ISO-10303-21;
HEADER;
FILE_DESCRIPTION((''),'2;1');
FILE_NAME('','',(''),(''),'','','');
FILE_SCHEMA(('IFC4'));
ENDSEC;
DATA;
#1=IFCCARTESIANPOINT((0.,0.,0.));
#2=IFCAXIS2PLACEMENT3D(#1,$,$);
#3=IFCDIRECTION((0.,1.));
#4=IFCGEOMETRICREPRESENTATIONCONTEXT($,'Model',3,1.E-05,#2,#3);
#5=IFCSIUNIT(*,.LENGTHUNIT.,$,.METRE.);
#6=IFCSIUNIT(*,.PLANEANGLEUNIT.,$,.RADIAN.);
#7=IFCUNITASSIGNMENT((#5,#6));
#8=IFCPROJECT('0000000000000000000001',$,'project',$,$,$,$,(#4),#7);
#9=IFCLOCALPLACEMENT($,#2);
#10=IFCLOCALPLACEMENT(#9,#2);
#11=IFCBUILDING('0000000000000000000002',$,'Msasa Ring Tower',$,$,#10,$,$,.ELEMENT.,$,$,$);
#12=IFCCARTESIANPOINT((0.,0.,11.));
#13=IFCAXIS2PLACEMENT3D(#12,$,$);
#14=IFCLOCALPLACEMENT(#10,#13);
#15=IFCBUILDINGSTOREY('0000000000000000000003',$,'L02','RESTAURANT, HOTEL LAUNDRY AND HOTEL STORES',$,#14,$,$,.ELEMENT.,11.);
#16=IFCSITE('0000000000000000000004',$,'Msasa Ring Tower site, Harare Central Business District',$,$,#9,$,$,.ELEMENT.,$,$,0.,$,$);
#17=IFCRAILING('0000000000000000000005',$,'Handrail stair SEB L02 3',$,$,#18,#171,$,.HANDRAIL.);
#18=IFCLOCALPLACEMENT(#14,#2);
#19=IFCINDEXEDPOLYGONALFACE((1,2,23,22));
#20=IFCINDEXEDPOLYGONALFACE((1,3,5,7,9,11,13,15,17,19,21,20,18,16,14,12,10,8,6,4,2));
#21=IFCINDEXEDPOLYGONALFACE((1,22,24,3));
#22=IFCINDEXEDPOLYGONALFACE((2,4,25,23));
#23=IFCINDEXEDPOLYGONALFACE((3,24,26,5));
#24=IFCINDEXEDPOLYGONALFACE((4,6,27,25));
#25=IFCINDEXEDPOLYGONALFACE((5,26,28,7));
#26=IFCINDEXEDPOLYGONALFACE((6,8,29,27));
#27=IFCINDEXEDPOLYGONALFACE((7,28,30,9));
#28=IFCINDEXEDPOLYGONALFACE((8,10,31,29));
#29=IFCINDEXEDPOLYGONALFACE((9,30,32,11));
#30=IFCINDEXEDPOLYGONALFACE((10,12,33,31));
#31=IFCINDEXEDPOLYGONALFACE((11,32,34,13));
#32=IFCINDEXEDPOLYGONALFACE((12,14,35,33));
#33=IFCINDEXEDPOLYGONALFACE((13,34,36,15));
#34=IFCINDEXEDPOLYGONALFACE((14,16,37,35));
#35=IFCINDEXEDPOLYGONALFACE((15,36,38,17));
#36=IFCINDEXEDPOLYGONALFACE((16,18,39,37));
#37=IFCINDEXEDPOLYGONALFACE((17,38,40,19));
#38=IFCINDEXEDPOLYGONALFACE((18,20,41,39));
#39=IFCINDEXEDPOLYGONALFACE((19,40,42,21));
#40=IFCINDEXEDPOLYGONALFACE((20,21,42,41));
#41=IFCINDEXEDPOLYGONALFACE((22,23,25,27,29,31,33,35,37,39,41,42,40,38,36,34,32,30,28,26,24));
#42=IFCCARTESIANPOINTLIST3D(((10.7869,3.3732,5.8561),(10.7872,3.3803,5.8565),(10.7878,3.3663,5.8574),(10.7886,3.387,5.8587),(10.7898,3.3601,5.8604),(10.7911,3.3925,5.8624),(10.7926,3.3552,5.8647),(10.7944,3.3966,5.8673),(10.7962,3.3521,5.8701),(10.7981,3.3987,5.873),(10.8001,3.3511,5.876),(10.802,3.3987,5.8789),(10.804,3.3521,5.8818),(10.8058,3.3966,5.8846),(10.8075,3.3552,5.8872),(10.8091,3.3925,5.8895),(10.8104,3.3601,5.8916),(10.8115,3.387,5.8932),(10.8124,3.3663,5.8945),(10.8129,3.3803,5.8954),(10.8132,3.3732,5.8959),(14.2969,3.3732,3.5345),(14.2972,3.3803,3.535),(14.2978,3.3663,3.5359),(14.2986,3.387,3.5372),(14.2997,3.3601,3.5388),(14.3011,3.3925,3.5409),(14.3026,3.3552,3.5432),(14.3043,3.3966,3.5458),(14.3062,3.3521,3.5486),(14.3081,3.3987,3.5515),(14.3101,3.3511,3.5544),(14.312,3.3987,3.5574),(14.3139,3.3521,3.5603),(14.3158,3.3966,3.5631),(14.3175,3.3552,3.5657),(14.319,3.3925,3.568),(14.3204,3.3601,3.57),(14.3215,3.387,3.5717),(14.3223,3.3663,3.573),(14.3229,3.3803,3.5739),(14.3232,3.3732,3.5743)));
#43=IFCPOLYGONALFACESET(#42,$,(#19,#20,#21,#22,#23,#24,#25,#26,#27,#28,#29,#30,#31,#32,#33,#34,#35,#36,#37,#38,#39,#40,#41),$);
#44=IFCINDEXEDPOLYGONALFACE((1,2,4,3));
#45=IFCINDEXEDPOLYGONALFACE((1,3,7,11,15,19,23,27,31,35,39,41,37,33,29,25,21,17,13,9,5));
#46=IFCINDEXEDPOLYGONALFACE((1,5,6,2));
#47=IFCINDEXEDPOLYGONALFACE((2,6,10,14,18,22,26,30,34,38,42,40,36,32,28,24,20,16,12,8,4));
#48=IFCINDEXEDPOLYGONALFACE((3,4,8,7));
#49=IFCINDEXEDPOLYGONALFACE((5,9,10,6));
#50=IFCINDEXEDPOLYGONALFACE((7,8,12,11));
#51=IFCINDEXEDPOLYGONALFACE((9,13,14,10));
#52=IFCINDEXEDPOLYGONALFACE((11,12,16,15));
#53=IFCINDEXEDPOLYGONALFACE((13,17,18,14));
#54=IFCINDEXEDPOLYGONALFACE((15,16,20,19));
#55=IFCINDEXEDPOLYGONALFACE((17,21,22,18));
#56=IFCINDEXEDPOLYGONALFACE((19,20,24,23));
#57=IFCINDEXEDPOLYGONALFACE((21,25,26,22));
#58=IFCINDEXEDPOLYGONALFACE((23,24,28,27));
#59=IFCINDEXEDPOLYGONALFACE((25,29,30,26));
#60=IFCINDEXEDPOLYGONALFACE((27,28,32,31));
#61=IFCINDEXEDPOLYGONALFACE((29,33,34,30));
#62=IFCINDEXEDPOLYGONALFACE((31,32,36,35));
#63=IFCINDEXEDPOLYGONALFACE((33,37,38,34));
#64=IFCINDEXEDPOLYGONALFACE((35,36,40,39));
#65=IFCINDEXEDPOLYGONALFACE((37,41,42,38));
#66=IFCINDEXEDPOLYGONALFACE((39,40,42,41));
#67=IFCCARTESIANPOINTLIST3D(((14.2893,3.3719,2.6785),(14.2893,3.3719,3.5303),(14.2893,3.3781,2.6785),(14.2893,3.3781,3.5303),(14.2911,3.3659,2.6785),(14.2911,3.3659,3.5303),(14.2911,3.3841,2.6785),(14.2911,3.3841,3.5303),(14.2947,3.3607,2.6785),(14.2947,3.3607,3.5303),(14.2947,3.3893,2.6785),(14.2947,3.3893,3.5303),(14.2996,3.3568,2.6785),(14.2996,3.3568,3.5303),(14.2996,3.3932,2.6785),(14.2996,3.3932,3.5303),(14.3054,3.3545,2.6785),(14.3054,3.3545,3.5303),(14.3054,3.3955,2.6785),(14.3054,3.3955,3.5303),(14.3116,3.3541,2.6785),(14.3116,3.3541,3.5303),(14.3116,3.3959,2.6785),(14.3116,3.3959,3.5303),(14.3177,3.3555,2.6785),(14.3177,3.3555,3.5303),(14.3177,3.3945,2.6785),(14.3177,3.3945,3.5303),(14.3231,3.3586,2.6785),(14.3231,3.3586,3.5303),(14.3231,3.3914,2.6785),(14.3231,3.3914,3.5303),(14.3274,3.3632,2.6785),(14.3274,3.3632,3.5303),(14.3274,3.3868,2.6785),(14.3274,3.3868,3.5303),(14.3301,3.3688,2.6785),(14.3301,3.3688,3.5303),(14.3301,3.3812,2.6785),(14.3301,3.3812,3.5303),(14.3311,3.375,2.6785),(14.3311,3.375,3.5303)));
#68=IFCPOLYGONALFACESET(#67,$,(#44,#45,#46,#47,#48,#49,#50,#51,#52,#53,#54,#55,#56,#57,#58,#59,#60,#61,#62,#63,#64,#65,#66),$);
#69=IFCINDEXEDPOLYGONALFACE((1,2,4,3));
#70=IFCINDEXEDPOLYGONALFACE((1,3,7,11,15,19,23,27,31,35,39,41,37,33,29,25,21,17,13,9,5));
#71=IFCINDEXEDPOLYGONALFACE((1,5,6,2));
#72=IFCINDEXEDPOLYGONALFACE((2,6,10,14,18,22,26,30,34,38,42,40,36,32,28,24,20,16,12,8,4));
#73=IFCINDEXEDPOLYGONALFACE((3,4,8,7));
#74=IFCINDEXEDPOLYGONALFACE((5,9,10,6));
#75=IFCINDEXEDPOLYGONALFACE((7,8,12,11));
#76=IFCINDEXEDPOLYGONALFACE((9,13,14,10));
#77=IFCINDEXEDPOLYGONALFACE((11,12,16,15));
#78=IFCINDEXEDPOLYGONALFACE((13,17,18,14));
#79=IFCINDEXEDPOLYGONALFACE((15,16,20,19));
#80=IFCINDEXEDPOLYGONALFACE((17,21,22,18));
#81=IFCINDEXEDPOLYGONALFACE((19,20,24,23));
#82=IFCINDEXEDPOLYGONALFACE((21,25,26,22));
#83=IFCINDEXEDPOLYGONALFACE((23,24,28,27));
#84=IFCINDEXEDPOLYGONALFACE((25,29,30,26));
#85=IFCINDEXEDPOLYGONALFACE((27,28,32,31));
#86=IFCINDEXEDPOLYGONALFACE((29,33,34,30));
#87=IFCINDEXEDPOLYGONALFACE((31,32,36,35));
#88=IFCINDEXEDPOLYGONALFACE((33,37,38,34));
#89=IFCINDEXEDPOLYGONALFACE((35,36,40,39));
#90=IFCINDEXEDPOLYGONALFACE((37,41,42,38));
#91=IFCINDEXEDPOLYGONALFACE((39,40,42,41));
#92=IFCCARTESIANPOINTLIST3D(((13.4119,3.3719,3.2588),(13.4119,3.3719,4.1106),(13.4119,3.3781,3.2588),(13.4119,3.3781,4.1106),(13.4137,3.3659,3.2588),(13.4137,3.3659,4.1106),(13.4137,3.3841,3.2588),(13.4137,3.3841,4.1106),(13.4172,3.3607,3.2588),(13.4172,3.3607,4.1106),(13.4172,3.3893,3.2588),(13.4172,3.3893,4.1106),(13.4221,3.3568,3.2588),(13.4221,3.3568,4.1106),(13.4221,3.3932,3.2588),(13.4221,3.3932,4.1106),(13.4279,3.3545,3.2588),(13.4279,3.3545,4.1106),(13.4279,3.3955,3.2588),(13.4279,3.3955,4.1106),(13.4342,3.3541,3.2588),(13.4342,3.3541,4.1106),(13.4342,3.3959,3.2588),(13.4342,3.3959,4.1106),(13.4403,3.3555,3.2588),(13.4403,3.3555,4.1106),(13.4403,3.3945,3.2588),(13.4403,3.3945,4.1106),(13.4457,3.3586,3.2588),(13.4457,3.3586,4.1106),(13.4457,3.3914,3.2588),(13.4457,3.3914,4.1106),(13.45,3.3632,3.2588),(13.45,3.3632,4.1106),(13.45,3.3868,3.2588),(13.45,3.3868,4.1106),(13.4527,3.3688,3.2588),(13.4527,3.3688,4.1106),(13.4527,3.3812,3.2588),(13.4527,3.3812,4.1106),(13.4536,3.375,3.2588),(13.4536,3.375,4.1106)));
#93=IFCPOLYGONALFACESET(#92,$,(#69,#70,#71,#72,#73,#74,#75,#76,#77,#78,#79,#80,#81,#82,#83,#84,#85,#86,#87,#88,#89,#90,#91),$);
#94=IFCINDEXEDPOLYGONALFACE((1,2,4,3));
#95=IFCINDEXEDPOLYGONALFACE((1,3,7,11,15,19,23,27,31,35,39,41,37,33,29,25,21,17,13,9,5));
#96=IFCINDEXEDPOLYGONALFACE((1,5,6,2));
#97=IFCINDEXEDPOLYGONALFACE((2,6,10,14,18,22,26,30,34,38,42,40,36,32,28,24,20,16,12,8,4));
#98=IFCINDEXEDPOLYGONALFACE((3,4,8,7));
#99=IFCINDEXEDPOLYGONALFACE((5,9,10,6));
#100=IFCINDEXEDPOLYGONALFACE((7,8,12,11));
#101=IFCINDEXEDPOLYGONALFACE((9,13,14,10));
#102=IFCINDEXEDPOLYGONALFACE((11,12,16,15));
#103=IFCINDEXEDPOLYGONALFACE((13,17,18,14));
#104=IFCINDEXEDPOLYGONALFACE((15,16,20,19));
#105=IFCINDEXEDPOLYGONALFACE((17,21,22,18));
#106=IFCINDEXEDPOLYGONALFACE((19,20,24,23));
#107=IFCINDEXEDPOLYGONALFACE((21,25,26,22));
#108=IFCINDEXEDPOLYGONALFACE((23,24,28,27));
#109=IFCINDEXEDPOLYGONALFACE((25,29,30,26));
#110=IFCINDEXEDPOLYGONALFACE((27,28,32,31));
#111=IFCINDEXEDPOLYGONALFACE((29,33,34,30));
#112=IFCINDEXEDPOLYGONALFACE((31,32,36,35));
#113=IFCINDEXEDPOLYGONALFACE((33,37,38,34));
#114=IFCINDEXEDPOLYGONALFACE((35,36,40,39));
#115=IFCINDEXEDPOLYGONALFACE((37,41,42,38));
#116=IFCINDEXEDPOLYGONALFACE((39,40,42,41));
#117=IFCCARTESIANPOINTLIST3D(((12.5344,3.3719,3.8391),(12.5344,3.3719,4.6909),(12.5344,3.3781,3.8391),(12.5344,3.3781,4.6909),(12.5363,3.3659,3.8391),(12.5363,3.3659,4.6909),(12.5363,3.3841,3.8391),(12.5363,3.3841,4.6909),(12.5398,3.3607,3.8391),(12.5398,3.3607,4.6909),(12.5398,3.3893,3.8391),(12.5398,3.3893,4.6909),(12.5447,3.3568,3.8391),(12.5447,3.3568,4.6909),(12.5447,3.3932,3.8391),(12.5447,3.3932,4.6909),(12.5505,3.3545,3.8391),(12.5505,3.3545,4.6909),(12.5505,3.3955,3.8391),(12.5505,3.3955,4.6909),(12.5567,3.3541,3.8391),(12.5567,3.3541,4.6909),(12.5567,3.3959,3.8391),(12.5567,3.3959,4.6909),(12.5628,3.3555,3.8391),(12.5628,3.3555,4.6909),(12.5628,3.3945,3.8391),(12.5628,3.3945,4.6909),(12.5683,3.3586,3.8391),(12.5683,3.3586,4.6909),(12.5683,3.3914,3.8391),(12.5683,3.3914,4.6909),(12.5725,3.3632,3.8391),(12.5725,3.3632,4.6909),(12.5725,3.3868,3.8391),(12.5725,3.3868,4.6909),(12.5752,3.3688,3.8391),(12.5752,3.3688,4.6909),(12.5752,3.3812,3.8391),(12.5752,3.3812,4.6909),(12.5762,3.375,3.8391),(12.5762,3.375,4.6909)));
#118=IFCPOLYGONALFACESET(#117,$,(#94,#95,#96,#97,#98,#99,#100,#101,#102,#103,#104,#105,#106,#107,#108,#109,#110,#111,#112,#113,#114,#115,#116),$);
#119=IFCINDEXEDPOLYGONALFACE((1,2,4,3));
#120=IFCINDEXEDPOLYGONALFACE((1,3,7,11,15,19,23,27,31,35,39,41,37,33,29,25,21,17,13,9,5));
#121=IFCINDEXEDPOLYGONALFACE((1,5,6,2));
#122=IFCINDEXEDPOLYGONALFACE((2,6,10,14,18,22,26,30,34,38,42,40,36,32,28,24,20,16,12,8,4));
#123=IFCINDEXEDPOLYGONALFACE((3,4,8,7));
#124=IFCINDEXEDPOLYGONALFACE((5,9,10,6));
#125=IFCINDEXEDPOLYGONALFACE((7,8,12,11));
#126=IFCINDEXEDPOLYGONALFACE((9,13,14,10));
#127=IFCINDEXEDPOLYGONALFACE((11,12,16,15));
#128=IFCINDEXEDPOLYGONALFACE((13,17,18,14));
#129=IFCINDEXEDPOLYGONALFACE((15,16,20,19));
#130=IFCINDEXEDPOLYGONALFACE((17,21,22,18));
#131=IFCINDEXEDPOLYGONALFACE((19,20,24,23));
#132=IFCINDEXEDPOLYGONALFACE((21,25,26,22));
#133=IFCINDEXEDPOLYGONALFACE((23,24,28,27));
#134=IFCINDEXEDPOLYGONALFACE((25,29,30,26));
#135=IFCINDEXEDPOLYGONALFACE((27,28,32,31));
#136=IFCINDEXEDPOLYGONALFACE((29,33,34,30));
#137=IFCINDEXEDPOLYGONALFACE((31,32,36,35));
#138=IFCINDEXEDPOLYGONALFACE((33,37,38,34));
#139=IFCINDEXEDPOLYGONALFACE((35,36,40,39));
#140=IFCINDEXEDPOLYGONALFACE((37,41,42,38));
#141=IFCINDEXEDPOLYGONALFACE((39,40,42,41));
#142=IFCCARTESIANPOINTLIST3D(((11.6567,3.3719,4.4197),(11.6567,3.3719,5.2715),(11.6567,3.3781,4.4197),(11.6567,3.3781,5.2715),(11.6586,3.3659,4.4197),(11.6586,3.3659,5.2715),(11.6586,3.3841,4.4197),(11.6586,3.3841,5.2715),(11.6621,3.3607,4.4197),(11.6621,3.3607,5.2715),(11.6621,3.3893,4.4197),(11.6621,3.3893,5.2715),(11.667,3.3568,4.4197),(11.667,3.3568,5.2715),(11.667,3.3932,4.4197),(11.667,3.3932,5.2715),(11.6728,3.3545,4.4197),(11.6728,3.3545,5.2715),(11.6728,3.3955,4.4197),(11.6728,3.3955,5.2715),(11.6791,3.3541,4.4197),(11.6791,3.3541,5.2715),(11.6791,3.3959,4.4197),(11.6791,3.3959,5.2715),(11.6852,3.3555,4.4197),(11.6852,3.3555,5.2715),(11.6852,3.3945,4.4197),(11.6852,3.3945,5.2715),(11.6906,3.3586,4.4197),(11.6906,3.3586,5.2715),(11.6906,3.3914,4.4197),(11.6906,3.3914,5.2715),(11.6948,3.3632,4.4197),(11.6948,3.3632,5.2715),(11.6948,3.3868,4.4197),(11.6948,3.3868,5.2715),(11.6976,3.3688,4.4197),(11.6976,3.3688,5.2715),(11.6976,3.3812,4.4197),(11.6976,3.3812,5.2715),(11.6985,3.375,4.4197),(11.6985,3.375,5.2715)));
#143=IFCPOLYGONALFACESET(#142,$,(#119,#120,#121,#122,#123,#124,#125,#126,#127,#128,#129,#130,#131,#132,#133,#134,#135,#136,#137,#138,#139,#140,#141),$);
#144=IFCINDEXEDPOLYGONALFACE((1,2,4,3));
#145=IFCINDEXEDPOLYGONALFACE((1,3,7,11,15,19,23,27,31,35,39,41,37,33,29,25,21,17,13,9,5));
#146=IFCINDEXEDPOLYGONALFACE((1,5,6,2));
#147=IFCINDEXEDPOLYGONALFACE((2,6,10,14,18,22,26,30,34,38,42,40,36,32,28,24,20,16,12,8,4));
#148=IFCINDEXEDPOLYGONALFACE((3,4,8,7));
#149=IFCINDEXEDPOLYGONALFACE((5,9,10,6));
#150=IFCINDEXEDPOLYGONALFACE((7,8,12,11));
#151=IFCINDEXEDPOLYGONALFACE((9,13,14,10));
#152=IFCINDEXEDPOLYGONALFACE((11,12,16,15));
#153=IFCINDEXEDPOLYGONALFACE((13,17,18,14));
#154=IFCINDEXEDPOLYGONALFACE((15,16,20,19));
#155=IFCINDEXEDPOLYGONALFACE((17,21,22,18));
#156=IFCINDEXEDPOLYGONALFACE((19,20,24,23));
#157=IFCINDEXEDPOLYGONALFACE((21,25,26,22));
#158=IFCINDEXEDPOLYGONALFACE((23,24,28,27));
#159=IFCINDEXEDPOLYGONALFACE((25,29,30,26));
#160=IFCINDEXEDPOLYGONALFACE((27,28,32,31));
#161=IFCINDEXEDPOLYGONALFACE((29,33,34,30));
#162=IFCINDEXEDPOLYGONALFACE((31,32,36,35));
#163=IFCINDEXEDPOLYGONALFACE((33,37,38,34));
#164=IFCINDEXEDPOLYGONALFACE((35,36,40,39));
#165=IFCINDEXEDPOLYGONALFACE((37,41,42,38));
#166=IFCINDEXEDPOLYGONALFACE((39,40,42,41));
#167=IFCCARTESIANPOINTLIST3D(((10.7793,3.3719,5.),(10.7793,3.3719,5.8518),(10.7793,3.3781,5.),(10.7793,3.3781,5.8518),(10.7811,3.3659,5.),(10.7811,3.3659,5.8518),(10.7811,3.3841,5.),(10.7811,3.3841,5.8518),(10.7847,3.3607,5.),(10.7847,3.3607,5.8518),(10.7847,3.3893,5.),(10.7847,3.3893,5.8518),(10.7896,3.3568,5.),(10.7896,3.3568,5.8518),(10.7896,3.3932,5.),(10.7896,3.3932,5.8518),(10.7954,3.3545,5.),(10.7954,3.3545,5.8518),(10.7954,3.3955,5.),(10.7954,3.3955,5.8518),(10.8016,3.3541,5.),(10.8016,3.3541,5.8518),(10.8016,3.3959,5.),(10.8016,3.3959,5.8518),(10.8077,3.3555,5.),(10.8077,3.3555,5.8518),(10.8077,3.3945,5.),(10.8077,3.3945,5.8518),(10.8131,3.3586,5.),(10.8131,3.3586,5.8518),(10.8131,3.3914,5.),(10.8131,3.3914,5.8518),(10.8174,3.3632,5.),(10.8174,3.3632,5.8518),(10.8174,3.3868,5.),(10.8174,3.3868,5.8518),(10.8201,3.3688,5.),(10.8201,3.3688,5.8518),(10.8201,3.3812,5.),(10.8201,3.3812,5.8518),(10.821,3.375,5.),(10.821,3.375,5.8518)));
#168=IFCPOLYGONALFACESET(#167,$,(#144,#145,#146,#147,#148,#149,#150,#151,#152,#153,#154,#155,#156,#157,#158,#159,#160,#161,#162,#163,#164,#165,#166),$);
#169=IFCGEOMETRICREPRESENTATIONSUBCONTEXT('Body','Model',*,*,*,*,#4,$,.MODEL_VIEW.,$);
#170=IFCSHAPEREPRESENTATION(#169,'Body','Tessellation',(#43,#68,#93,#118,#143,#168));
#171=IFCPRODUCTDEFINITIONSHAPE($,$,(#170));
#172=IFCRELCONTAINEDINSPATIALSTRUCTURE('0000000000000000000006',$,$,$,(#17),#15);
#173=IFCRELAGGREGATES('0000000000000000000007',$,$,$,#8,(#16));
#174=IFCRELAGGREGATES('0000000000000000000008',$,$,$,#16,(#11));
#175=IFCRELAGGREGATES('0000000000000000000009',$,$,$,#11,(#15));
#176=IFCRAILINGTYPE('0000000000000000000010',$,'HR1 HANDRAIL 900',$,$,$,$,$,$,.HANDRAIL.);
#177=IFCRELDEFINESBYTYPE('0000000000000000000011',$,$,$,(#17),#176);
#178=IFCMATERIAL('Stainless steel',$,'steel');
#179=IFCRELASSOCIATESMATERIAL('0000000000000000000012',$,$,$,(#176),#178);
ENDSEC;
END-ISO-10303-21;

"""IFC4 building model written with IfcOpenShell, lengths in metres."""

from ifc_helpers import new_model, si_unit, direction, frame, origin, origin_2d, place, context, subcontext, project, spatial, circle, extrude, material, type_object, element, save


model = new_model("IFC4")

# Units and contexts
model_context = context("Model", 3, precision=1e-05, world=origin(), true_north=direction((0.0, 1.0)))
body_context = subcontext(model_context, "Body", "Model", "MODEL_VIEW")
ifc_project = project(units=[si_unit("LENGTHUNIT", "METRE"), si_unit("PLANEANGLEUNIT", "RADIAN")], contexts=[model_context])

# Site, building, storey
site_placement = place(None, origin())
site = spatial("IfcSite", under=ifc_project, at=site_placement, Name="Msasa Ring Tower site, Harare Central Business District", CompositionType="ELEMENT", RefElevation=0.0)
building_placement = place(site_placement, origin())
building = spatial("IfcBuilding", under=site, at=building_placement, Name="Msasa Ring Tower", CompositionType="ELEMENT")
storey_placement = place(building_placement, frame((0.0, 0.0, 11.0)))
storey = spatial("IfcBuildingStorey", under=building, at=storey_placement, Name="L02", Description="RESTAURANT, HOTEL LAUNDRY AND HOTEL STORES", CompositionType="ELEMENT", Elevation=11.0)

# Railing
ifc_material_1 = material(Name="Stainless steel", Category="steel")
railing_type = type_object("IfcRailingType", Name="HR1 HANDRAIL 900", PredefinedType="HANDRAIL", material=ifc_material_1)
for number, where, name in (
    (1, (14.3101, 3.375, 2.6785), "Handrail stair SEB L02 3"),
):
    element("IfcRailing", number, at=place(storey_placement, frame(where)), inside=storey, type_object=railing_type, Name=name, PredefinedType="HANDRAIL", context=body_context, shape_type="SweptSolid", body=[
        extrude(circle(Radius=0.0239, at=origin_2d()), frame((0.0, 0.0, 0.876), z_axis=(-0.834071, 0.0, 0.551657), x_axis=(0.0, -1.0, 0.0)), (0.0, 0.0, 1.0), 4.2083),
        extrude(circle(Radius=0.021, at=origin_2d()), origin(), (0.0, 0.0, 1.0), 0.8518),
        extrude(circle(Radius=0.021, at=origin_2d()), frame((-0.8774, 0.0, 0.5803)), (0.0, 0.0, 1.0), 0.8518),
        extrude(circle(Radius=0.021, at=origin_2d()), frame((-1.7549, 0.0, 1.1606)), (0.0, 0.0, 1.0), 0.8518),
        extrude(circle(Radius=0.021, at=origin_2d()), frame((-2.6326, 0.0, 1.7412)), (0.0, 0.0, 1.0), 0.8518),
        extrude(circle(Radius=0.021, at=origin_2d()), frame((-3.51, 0.0, 2.3215)), (0.0, 0.0, 1.0), 0.8518),
    ])

save(model, "model.ifc")
